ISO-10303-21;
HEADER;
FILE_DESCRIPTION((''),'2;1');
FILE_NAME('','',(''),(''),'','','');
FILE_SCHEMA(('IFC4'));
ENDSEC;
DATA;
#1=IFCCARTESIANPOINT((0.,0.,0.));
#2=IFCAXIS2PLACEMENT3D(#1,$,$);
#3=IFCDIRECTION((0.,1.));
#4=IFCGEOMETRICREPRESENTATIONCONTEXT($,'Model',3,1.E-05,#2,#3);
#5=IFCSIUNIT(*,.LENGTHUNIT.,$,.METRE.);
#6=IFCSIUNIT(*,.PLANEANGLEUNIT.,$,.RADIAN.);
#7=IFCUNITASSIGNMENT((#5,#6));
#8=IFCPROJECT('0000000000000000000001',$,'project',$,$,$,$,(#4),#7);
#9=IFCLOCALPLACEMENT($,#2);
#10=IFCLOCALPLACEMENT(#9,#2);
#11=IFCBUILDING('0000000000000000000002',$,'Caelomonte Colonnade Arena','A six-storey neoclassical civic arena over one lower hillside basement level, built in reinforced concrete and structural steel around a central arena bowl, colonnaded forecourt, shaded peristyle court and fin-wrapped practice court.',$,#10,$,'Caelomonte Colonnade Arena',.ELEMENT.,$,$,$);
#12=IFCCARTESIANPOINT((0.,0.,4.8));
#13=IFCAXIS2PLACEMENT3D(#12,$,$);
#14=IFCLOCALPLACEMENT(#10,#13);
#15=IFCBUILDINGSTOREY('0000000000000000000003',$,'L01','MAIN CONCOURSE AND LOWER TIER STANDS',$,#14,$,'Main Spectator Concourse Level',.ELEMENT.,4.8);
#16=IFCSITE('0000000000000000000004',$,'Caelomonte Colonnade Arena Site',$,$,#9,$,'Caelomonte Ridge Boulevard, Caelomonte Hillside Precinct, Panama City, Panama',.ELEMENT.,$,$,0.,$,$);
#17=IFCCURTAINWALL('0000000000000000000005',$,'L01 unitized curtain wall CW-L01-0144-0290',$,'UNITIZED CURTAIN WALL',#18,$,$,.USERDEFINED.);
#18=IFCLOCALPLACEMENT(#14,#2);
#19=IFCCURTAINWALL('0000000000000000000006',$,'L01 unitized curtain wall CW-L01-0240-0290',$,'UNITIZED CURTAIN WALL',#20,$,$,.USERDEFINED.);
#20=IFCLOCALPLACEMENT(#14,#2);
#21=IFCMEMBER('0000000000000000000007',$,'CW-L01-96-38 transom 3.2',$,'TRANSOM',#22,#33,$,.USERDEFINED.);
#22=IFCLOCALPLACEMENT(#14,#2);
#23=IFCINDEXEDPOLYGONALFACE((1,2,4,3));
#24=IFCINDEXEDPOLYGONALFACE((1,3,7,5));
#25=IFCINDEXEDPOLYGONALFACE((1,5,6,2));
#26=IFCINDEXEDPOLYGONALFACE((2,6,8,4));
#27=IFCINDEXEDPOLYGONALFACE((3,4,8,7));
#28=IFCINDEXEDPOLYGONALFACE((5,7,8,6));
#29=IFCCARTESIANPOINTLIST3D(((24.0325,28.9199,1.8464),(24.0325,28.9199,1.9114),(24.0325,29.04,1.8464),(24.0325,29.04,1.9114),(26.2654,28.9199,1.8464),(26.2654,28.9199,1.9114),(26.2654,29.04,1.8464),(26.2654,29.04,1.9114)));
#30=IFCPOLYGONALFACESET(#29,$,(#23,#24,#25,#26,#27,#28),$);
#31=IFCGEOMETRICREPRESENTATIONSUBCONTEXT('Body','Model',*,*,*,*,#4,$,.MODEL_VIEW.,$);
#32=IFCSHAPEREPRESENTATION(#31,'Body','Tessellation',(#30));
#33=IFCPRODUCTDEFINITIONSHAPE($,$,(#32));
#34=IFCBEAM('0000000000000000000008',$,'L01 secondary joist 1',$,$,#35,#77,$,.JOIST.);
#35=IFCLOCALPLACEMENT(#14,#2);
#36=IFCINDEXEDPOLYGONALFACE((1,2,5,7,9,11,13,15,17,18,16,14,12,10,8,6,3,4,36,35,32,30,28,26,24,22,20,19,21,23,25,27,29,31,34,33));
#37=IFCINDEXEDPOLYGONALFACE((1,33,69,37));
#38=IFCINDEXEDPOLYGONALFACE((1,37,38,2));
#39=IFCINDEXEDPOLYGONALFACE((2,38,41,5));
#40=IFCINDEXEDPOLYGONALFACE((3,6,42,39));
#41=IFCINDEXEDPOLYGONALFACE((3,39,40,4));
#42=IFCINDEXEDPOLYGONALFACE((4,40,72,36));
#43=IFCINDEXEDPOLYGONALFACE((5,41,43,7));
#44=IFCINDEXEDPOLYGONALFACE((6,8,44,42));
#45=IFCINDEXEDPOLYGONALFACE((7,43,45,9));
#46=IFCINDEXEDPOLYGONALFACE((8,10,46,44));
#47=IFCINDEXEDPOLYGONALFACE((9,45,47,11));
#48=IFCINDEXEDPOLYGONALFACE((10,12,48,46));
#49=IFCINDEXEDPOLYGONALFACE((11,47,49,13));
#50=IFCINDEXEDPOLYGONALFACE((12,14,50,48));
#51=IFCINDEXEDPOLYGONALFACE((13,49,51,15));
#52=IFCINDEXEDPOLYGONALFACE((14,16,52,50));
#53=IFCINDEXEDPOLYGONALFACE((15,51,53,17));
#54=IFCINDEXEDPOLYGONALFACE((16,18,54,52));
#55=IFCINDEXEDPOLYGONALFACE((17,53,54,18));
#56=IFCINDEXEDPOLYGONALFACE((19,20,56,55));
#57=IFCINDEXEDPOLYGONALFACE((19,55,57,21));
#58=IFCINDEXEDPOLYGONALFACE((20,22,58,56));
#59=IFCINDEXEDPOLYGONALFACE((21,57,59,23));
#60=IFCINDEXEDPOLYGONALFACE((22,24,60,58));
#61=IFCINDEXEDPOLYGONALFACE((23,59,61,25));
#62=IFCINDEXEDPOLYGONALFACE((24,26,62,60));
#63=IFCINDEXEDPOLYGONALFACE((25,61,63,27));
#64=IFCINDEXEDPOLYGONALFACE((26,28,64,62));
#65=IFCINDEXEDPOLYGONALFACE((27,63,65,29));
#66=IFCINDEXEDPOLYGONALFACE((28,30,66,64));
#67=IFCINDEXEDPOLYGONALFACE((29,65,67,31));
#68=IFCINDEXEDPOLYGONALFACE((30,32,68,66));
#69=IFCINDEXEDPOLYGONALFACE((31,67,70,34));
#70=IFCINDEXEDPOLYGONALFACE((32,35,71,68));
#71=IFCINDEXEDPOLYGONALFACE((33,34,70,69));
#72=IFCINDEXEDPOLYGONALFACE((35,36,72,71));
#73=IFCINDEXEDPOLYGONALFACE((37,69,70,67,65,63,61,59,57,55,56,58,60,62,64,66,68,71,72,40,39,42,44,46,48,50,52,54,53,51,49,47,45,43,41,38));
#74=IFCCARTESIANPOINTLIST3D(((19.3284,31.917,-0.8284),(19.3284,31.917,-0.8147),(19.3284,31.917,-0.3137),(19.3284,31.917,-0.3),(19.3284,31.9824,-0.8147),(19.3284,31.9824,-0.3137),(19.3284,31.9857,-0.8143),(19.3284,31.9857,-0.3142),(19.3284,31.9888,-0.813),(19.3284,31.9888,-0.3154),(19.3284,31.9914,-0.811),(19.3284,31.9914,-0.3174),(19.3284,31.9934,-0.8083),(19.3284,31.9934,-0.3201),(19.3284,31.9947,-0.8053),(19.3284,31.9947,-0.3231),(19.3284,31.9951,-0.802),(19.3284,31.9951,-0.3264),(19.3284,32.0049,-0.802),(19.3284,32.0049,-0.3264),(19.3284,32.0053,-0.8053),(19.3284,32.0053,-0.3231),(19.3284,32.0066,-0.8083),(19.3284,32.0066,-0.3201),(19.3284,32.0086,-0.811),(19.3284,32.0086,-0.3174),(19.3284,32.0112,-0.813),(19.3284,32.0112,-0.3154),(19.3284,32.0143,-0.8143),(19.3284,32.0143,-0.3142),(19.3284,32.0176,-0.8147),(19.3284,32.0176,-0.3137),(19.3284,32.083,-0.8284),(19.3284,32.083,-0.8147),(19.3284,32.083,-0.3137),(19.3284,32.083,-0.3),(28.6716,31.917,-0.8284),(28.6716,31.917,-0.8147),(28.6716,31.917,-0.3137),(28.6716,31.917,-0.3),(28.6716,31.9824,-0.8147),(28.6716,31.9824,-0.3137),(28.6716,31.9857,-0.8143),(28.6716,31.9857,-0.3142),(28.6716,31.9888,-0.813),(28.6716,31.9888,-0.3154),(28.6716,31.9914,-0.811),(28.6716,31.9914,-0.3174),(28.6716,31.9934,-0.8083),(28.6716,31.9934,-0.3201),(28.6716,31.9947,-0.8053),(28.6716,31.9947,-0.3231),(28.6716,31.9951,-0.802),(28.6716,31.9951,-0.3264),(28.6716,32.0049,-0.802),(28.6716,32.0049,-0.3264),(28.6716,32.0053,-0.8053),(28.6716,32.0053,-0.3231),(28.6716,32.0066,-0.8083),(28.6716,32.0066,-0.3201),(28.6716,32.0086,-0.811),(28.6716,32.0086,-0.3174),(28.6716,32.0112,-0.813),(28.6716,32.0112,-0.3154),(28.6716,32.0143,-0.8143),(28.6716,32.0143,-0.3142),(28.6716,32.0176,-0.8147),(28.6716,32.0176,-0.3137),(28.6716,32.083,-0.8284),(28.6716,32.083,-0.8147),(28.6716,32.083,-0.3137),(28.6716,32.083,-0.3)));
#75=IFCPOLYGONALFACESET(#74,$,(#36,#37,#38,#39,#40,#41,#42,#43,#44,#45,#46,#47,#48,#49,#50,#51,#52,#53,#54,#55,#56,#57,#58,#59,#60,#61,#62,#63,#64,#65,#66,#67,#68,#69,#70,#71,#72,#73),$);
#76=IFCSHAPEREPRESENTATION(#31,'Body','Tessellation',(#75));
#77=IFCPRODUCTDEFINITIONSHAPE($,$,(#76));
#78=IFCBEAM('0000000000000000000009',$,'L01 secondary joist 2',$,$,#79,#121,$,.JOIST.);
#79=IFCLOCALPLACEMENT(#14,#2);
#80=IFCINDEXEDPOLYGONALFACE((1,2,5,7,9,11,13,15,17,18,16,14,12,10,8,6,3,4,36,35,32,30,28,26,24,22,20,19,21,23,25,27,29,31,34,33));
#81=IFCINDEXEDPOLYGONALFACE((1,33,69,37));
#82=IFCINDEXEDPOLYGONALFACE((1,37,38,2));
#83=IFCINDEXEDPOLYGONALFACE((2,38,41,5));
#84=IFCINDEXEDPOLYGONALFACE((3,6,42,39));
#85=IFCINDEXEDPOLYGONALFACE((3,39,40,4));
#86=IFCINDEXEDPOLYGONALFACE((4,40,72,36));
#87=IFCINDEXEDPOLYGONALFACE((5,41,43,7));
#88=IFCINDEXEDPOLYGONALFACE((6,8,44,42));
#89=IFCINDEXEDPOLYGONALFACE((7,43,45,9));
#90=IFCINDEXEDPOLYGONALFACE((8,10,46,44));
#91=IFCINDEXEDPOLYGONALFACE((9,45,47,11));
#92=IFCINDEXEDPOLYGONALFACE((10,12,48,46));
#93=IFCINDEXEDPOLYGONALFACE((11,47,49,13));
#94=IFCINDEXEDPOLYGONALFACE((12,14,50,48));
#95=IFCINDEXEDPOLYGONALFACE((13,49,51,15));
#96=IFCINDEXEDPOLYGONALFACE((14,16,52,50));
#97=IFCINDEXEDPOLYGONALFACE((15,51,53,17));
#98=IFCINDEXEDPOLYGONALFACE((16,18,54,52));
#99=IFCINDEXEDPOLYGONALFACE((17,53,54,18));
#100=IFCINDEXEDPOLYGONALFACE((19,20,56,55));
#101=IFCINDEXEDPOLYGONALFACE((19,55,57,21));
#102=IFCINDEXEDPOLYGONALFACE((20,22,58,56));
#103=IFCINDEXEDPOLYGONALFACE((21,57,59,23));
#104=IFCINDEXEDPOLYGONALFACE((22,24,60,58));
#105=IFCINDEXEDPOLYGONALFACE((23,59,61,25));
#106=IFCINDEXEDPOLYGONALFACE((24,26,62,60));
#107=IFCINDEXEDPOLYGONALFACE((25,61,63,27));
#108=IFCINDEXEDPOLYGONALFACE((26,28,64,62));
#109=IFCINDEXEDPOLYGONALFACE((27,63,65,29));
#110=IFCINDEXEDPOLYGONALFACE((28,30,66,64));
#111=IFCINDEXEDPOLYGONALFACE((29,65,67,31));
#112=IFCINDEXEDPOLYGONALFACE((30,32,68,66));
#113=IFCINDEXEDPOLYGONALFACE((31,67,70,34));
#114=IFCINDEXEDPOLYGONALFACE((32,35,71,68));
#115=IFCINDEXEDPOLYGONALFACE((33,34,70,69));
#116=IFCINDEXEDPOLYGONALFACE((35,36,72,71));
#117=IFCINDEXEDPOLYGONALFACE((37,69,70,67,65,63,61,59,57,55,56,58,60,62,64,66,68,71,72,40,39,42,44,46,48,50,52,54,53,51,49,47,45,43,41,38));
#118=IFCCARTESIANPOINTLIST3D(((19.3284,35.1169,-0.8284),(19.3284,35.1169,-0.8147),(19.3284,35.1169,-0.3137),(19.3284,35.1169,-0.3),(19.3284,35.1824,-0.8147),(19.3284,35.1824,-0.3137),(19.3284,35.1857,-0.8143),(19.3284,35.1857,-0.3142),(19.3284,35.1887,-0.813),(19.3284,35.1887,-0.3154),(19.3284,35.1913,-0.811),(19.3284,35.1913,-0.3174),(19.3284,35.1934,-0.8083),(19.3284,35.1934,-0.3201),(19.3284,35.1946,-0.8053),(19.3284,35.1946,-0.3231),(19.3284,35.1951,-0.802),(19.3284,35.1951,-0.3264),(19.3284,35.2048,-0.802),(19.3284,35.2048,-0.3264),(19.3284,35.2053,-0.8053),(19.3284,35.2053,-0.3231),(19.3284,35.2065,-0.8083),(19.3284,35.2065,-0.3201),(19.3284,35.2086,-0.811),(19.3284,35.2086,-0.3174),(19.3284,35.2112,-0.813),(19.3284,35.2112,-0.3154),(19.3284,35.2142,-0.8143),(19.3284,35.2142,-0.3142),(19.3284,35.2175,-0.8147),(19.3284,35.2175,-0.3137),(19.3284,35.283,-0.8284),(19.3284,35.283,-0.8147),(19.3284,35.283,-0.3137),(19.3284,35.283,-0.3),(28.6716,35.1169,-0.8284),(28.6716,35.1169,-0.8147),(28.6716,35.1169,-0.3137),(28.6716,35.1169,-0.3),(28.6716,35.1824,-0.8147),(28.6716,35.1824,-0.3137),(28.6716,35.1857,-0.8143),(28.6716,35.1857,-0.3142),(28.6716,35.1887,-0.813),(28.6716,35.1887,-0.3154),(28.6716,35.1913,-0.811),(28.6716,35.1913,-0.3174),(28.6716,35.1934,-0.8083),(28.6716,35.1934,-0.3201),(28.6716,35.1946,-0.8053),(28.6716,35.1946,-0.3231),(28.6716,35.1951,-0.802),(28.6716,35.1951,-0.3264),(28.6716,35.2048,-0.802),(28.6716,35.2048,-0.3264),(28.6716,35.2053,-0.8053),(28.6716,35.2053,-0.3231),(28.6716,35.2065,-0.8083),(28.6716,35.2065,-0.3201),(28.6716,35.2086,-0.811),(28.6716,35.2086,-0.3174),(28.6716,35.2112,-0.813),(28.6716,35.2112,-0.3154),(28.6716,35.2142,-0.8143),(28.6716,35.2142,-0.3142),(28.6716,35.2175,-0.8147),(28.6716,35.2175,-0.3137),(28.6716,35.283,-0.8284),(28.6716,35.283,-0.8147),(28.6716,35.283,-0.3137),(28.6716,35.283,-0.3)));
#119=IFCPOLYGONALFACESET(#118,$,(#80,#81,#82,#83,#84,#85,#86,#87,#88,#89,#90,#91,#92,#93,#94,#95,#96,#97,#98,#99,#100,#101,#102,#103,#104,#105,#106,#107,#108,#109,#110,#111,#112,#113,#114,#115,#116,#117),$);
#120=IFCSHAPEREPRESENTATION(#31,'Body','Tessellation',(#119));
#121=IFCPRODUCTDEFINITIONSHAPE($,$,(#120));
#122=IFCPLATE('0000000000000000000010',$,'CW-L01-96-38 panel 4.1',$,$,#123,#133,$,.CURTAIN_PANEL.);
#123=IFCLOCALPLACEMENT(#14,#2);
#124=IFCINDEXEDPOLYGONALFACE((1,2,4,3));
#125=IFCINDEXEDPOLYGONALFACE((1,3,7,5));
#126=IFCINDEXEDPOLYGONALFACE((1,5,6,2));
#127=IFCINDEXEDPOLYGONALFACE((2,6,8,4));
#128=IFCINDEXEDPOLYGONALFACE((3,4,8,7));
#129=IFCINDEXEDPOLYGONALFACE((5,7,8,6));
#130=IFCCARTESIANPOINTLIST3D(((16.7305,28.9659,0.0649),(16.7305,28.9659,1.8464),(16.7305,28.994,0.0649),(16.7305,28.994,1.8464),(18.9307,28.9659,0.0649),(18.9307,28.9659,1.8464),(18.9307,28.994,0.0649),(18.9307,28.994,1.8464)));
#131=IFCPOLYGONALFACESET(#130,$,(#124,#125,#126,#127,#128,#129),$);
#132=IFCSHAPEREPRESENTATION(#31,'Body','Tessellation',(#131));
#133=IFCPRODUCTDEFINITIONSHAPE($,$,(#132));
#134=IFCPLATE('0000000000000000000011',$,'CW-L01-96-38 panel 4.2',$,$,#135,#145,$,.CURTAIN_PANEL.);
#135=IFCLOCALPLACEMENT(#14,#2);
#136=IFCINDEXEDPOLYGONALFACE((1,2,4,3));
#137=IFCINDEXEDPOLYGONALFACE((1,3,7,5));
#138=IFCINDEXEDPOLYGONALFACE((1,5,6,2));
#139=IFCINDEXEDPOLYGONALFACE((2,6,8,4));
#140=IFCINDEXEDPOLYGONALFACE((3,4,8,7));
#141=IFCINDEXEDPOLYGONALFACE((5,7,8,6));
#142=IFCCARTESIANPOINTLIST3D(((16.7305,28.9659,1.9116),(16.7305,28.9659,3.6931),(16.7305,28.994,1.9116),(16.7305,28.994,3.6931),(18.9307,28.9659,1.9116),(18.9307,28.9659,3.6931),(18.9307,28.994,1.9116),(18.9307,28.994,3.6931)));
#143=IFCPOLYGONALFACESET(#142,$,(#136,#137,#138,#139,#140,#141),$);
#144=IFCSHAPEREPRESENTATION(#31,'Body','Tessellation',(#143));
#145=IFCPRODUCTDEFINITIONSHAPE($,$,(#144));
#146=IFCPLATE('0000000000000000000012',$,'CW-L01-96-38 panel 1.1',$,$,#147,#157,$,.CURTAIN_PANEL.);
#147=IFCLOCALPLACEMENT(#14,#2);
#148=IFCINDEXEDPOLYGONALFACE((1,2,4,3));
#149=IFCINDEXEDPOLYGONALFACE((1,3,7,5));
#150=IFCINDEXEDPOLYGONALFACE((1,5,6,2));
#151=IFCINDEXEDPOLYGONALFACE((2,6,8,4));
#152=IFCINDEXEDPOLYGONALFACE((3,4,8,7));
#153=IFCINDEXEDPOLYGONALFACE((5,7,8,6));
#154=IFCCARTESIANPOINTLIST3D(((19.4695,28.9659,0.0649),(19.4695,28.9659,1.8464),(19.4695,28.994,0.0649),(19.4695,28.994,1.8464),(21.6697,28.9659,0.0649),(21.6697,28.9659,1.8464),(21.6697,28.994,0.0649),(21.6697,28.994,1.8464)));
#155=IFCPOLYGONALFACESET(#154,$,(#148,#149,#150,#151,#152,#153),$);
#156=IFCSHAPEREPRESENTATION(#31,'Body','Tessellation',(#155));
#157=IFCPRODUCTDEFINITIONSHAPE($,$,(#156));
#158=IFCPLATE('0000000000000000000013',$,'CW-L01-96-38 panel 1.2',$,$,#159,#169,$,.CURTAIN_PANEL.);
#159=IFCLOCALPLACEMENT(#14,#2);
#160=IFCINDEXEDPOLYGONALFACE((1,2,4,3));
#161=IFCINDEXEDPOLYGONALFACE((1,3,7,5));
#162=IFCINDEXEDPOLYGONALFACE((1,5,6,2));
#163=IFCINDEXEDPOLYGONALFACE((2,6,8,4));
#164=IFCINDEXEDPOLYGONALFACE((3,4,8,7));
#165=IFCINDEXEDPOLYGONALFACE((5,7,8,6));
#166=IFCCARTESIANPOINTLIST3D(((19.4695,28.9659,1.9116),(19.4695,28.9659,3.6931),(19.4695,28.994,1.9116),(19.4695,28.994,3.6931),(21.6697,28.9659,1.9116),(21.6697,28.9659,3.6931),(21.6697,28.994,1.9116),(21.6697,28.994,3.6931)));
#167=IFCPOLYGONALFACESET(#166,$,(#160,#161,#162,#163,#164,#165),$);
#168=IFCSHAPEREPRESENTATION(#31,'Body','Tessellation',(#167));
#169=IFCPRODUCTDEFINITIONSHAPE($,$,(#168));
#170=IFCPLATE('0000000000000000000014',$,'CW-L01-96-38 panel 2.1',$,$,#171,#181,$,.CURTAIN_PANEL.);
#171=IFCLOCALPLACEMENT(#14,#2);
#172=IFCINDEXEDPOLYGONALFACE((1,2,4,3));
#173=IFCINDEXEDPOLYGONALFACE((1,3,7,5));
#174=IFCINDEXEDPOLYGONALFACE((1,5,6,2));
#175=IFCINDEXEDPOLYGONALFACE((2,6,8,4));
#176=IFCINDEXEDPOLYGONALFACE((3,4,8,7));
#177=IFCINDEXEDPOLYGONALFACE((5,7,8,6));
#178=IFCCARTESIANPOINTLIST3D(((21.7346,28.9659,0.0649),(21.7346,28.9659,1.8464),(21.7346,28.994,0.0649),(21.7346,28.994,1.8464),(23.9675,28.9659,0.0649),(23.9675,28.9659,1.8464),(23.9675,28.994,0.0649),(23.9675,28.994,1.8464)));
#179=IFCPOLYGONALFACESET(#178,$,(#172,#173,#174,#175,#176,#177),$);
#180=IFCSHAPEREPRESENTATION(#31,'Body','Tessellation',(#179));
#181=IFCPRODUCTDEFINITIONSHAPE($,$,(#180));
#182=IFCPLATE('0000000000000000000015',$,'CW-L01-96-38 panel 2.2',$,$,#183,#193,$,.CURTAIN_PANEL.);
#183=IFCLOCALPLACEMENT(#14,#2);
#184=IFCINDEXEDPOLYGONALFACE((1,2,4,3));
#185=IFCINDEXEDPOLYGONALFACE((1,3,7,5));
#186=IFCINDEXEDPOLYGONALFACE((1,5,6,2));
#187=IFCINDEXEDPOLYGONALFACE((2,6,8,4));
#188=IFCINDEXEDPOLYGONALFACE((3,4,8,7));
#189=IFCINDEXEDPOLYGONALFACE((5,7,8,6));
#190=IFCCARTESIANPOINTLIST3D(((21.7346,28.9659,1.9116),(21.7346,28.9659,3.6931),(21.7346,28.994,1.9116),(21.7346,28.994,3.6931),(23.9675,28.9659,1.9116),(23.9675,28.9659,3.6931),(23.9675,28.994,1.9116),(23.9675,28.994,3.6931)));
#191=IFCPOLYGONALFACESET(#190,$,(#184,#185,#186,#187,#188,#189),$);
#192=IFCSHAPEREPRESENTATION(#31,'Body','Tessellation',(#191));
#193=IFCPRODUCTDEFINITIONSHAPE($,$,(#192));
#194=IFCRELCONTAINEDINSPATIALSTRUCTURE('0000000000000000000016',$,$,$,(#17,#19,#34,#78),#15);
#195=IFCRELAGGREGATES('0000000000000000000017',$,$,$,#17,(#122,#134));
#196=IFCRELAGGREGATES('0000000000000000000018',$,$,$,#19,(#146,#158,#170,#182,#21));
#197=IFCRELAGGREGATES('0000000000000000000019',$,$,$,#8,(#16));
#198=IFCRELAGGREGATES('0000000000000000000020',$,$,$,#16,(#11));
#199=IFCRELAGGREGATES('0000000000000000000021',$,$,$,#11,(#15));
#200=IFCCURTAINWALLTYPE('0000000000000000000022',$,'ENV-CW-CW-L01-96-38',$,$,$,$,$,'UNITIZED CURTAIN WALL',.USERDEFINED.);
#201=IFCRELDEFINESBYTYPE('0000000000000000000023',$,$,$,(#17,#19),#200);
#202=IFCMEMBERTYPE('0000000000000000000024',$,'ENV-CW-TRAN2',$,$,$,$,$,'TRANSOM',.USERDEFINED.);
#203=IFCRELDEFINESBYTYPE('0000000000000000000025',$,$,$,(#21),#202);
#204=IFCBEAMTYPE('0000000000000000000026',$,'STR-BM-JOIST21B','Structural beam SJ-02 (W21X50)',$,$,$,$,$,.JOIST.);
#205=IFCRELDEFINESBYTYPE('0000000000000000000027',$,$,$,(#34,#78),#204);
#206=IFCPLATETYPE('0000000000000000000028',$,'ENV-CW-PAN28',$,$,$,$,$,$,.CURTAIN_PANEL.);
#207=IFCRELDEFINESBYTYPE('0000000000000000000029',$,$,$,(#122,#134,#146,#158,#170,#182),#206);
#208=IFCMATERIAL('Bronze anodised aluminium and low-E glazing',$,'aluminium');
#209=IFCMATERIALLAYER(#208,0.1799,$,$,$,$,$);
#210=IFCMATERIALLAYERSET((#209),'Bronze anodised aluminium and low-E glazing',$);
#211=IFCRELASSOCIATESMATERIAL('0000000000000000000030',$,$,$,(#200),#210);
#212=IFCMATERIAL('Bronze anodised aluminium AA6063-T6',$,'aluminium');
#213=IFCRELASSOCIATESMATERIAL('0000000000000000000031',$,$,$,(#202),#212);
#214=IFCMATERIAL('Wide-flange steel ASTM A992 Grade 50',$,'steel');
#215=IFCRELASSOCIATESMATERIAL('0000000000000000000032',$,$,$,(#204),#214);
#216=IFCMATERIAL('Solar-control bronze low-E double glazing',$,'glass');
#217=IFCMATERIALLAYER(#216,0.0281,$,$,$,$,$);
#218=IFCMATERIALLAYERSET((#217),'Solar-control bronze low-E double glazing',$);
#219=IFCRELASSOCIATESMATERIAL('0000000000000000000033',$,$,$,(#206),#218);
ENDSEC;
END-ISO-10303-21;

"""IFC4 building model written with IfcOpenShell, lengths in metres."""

from ifc_helpers import new_model, si_unit, direction, frame, origin, origin_2d, place, context, subcontext, project, spatial, rectangle, i_section, extrude, material, layer, layer_set, material_profile, profile_set, type_object, element, aggregate, save


model = new_model("IFC4")

# Units and contexts
model_context = context("Model", 3, precision=1e-05, world=origin(), true_north=direction((0.0, 1.0)))
body_context = subcontext(model_context, "Body", "Model", "MODEL_VIEW")
ifc_project = project(units=[si_unit("LENGTHUNIT", "METRE"), si_unit("PLANEANGLEUNIT", "RADIAN")], contexts=[model_context])

# Site, building, storey
site_placement = place(None, origin())
site = spatial("IfcSite", under=ifc_project, at=site_placement, Name="Caelomonte Colonnade Arena Site", LongName="Caelomonte Ridge Boulevard, Caelomonte Hillside Precinct, Panama City, Panama", CompositionType="ELEMENT", RefElevation=0.0)
building_placement = place(site_placement, origin())
building = spatial("IfcBuilding", under=site, at=building_placement, Name="Caelomonte Colonnade Arena", Description="A six-storey neoclassical civic arena over one lower hillside basement level, built in reinforced concrete and structural steel around a central arena bowl, colonnaded forecourt, shaded peristyle court and fin-wrapped practice court.", LongName="Caelomonte Colonnade Arena", CompositionType="ELEMENT")
storey_placement = place(building_placement, frame((0.0, 0.0, 4.8)))
storey = spatial("IfcBuildingStorey", under=building, at=storey_placement, Name="L01", Description="MAIN CONCOURSE AND LOWER TIER STANDS", LongName="Main Spectator Concourse Level", CompositionType="ELEMENT", Elevation=4.8)

# Curtain walls
ifc_material_1 = material(Name="Bronze anodised aluminium and low-E glazing", Category="aluminium")
ifc_layer_1 = layer(ifc_material_1, 0.1799)
ifc_layer_set_1 = layer_set([ifc_layer_1], Name="Bronze anodised aluminium and low-E glazing")
curtain_wall_type = type_object("IfcCurtainWallType", Name="ENV-CW-CW-L01-96-38", ElementType="UNITIZED CURTAIN WALL", PredefinedType="USERDEFINED", material=ifc_layer_set_1)
curtain_wall_1_placement = place(storey_placement, origin())
curtain_wall_1 = element("IfcCurtainWall", 1, at=curtain_wall_1_placement, inside=storey, type_object=curtain_wall_type, Name="L01 unitized curtain wall CW-L01-0144-0290", ObjectType="UNITIZED CURTAIN WALL", PredefinedType="USERDEFINED")
ifc_material_2 = material(Name="Bronze anodised aluminium AA6063-T6", Category="aluminium")
curtain_wall_2_placement = place(storey_placement, origin())
curtain_wall_2 = element("IfcCurtainWall", 2, at=curtain_wall_2_placement, inside=storey, type_object=curtain_wall_type, Name="L01 unitized curtain wall CW-L01-0240-0290", ObjectType="UNITIZED CURTAIN WALL", PredefinedType="USERDEFINED")

# Member
ifc_material_profile_1 = material_profile(ifc_material_2, rectangle(XDim=0.0649, YDim=0.1201, at=origin_2d()), Name="CWT-65X120")
ifc_profile_set_1 = profile_set([ifc_material_profile_1], Name="Bronze anodised aluminium AA6063-T6")
member_type_1 = type_object("IfcMemberType", Name="ENV-CW-TRAN2", ElementType="TRANSOM", PredefinedType="USERDEFINED", material=ifc_profile_set_1)
member_1_placement = place(storey_placement, frame((24.0325, 28.98, 1.8789), z_axis=(1.0, 0.0, 0.0), x_axis=(0.0, 0.0, 1.0)))
member_1 = element("IfcMember", 3, at=member_1_placement, type_object=member_type_1, Name="CW-L01-96-38 transom 3.2", ObjectType="TRANSOM", PredefinedType="USERDEFINED", context=body_context, shape_type="SweptSolid", body=[
    extrude(rectangle(XDim=0.0649, YDim=0.1201, at=origin_2d()), origin(), (0.0, 0.0, 1.0), 2.2329),
])

# Beams
ifc_material_3 = material(Name="Wide-flange steel ASTM A992 Grade 50", Category="steel")
ifc_material_profile_2 = material_profile(ifc_material_3, i_section(OverallWidth=0.166, OverallDepth=0.5283, WebThickness=0.0098, FlangeThickness=0.0137, FilletRadius=0.0127, at=origin_2d()), Name="W21X50")
ifc_profile_set_2 = profile_set([ifc_material_profile_2], Name="Wide-flange steel ASTM A992 Grade 50")
beam_type = type_object("IfcBeamType", Name="STR-BM-JOIST21B", Description="Structural beam SJ-02 (W21X50)", PredefinedType="JOIST", material=ifc_profile_set_2)
for number, where, z_axis, x_axis, name in (
    (4, (19.3284, 32.0, -0.5642), (1.0, 0.0, 0.0), (0.0, 1.0, 0.0), "L01 secondary joist 1"),
    (5, (19.3284, 35.2, -0.5642), (1.0, 0.0, 0.0), (0.0, 1.0, 0.0), "L01 secondary joist 2"),
):
    element("IfcBeam", number, at=place(storey_placement, frame(where, z_axis=z_axis, x_axis=x_axis)), inside=storey, type_object=beam_type, Name=name, PredefinedType="JOIST", context=body_context, shape_type="SweptSolid", body=[
        extrude(i_section(OverallWidth=0.166, OverallDepth=0.5283, WebThickness=0.0098, FlangeThickness=0.0137, FilletRadius=0.0127, at=origin_2d()), origin(), (0.0, 0.0, 1.0), 9.3433),
    ])

# Plates
ifc_material_4 = material(Name="Solar-control bronze low-E double glazing", Category="glass")
ifc_layer_2 = layer(ifc_material_4, 0.0281)
ifc_layer_set_2 = layer_set([ifc_layer_2], Name="Solar-control bronze low-E double glazing")
plate_type = type_object("IfcPlateType", Name="ENV-CW-PAN28", PredefinedType="CURTAIN_PANEL", material=ifc_layer_set_2)
plate_1_placement = place(storey_placement, frame((17.8306, 28.98, 0.0649), z_axis=(0.0, 0.0, 1.0), x_axis=(1.0, 0.0, 0.0)))
plate_1 = element("IfcPlate", 6, at=plate_1_placement, type_object=plate_type, Name="CW-L01-96-38 panel 4.1", PredefinedType="CURTAIN_PANEL", context=body_context, shape_type="SweptSolid", body=[
    extrude(rectangle(XDim=2.2002, YDim=0.0281, at=origin_2d()), origin(), (0.0, 0.0, 1.0), 1.7815),
])
plate_2_placement = place(storey_placement, frame((17.8306, 28.98, 1.9116), z_axis=(0.0, 0.0, 1.0), x_axis=(1.0, 0.0, 0.0)))
plate_2 = element("IfcPlate", 7, at=plate_2_placement, type_object=plate_type, Name="CW-L01-96-38 panel 4.2", PredefinedType="CURTAIN_PANEL", context=body_context, shape_type="SweptSolid", body=[
    extrude(rectangle(XDim=2.2002, YDim=0.0281, at=origin_2d()), origin(), (0.0, 0.0, 1.0), 1.7815),
])
aggregate(curtain_wall_1, [plate_1, plate_2])
plate_3_placement = place(storey_placement, frame((20.5696, 28.98, 0.0649), z_axis=(0.0, 0.0, 1.0), x_axis=(1.0, 0.0, 0.0)))
plate_3 = element("IfcPlate", 8, at=plate_3_placement, type_object=plate_type, Name="CW-L01-96-38 panel 1.1", PredefinedType="CURTAIN_PANEL", context=body_context, shape_type="SweptSolid", body=[
    extrude(rectangle(XDim=2.2002, YDim=0.0281, at=origin_2d()), origin(), (0.0, 0.0, 1.0), 1.7815),
])
plate_4_placement = place(storey_placement, frame((20.5696, 28.98, 1.9116), z_axis=(0.0, 0.0, 1.0), x_axis=(1.0, 0.0, 0.0)))
plate_4 = element("IfcPlate", 9, at=plate_4_placement, type_object=plate_type, Name="CW-L01-96-38 panel 1.2", PredefinedType="CURTAIN_PANEL", context=body_context, shape_type="SweptSolid", body=[
    extrude(rectangle(XDim=2.2002, YDim=0.0281, at=origin_2d()), origin(), (0.0, 0.0, 1.0), 1.7815),
])
plate_5_placement = place(storey_placement, frame((22.8511, 28.98, 0.0649), z_axis=(0.0, 0.0, 1.0), x_axis=(1.0, 0.0, 0.0)))
plate_5 = element("IfcPlate", 10, at=plate_5_placement, type_object=plate_type, Name="CW-L01-96-38 panel 2.1", PredefinedType="CURTAIN_PANEL", context=body_context, shape_type="SweptSolid", body=[
    extrude(rectangle(XDim=2.2329, YDim=0.0281, at=origin_2d()), origin(), (0.0, 0.0, 1.0), 1.7815),
])
plate_6_placement = place(storey_placement, frame((22.8511, 28.98, 1.9116), z_axis=(0.0, 0.0, 1.0), x_axis=(1.0, 0.0, 0.0)))
plate_6 = element("IfcPlate", 11, at=plate_6_placement, type_object=plate_type, Name="CW-L01-96-38 panel 2.2", PredefinedType="CURTAIN_PANEL", context=body_context, shape_type="SweptSolid", body=[
    extrude(rectangle(XDim=2.2329, YDim=0.0281, at=origin_2d()), origin(), (0.0, 0.0, 1.0), 1.7815),
])
aggregate(curtain_wall_2, [plate_3, plate_4, plate_5, plate_6, member_1])

save(model, "model.ifc")
